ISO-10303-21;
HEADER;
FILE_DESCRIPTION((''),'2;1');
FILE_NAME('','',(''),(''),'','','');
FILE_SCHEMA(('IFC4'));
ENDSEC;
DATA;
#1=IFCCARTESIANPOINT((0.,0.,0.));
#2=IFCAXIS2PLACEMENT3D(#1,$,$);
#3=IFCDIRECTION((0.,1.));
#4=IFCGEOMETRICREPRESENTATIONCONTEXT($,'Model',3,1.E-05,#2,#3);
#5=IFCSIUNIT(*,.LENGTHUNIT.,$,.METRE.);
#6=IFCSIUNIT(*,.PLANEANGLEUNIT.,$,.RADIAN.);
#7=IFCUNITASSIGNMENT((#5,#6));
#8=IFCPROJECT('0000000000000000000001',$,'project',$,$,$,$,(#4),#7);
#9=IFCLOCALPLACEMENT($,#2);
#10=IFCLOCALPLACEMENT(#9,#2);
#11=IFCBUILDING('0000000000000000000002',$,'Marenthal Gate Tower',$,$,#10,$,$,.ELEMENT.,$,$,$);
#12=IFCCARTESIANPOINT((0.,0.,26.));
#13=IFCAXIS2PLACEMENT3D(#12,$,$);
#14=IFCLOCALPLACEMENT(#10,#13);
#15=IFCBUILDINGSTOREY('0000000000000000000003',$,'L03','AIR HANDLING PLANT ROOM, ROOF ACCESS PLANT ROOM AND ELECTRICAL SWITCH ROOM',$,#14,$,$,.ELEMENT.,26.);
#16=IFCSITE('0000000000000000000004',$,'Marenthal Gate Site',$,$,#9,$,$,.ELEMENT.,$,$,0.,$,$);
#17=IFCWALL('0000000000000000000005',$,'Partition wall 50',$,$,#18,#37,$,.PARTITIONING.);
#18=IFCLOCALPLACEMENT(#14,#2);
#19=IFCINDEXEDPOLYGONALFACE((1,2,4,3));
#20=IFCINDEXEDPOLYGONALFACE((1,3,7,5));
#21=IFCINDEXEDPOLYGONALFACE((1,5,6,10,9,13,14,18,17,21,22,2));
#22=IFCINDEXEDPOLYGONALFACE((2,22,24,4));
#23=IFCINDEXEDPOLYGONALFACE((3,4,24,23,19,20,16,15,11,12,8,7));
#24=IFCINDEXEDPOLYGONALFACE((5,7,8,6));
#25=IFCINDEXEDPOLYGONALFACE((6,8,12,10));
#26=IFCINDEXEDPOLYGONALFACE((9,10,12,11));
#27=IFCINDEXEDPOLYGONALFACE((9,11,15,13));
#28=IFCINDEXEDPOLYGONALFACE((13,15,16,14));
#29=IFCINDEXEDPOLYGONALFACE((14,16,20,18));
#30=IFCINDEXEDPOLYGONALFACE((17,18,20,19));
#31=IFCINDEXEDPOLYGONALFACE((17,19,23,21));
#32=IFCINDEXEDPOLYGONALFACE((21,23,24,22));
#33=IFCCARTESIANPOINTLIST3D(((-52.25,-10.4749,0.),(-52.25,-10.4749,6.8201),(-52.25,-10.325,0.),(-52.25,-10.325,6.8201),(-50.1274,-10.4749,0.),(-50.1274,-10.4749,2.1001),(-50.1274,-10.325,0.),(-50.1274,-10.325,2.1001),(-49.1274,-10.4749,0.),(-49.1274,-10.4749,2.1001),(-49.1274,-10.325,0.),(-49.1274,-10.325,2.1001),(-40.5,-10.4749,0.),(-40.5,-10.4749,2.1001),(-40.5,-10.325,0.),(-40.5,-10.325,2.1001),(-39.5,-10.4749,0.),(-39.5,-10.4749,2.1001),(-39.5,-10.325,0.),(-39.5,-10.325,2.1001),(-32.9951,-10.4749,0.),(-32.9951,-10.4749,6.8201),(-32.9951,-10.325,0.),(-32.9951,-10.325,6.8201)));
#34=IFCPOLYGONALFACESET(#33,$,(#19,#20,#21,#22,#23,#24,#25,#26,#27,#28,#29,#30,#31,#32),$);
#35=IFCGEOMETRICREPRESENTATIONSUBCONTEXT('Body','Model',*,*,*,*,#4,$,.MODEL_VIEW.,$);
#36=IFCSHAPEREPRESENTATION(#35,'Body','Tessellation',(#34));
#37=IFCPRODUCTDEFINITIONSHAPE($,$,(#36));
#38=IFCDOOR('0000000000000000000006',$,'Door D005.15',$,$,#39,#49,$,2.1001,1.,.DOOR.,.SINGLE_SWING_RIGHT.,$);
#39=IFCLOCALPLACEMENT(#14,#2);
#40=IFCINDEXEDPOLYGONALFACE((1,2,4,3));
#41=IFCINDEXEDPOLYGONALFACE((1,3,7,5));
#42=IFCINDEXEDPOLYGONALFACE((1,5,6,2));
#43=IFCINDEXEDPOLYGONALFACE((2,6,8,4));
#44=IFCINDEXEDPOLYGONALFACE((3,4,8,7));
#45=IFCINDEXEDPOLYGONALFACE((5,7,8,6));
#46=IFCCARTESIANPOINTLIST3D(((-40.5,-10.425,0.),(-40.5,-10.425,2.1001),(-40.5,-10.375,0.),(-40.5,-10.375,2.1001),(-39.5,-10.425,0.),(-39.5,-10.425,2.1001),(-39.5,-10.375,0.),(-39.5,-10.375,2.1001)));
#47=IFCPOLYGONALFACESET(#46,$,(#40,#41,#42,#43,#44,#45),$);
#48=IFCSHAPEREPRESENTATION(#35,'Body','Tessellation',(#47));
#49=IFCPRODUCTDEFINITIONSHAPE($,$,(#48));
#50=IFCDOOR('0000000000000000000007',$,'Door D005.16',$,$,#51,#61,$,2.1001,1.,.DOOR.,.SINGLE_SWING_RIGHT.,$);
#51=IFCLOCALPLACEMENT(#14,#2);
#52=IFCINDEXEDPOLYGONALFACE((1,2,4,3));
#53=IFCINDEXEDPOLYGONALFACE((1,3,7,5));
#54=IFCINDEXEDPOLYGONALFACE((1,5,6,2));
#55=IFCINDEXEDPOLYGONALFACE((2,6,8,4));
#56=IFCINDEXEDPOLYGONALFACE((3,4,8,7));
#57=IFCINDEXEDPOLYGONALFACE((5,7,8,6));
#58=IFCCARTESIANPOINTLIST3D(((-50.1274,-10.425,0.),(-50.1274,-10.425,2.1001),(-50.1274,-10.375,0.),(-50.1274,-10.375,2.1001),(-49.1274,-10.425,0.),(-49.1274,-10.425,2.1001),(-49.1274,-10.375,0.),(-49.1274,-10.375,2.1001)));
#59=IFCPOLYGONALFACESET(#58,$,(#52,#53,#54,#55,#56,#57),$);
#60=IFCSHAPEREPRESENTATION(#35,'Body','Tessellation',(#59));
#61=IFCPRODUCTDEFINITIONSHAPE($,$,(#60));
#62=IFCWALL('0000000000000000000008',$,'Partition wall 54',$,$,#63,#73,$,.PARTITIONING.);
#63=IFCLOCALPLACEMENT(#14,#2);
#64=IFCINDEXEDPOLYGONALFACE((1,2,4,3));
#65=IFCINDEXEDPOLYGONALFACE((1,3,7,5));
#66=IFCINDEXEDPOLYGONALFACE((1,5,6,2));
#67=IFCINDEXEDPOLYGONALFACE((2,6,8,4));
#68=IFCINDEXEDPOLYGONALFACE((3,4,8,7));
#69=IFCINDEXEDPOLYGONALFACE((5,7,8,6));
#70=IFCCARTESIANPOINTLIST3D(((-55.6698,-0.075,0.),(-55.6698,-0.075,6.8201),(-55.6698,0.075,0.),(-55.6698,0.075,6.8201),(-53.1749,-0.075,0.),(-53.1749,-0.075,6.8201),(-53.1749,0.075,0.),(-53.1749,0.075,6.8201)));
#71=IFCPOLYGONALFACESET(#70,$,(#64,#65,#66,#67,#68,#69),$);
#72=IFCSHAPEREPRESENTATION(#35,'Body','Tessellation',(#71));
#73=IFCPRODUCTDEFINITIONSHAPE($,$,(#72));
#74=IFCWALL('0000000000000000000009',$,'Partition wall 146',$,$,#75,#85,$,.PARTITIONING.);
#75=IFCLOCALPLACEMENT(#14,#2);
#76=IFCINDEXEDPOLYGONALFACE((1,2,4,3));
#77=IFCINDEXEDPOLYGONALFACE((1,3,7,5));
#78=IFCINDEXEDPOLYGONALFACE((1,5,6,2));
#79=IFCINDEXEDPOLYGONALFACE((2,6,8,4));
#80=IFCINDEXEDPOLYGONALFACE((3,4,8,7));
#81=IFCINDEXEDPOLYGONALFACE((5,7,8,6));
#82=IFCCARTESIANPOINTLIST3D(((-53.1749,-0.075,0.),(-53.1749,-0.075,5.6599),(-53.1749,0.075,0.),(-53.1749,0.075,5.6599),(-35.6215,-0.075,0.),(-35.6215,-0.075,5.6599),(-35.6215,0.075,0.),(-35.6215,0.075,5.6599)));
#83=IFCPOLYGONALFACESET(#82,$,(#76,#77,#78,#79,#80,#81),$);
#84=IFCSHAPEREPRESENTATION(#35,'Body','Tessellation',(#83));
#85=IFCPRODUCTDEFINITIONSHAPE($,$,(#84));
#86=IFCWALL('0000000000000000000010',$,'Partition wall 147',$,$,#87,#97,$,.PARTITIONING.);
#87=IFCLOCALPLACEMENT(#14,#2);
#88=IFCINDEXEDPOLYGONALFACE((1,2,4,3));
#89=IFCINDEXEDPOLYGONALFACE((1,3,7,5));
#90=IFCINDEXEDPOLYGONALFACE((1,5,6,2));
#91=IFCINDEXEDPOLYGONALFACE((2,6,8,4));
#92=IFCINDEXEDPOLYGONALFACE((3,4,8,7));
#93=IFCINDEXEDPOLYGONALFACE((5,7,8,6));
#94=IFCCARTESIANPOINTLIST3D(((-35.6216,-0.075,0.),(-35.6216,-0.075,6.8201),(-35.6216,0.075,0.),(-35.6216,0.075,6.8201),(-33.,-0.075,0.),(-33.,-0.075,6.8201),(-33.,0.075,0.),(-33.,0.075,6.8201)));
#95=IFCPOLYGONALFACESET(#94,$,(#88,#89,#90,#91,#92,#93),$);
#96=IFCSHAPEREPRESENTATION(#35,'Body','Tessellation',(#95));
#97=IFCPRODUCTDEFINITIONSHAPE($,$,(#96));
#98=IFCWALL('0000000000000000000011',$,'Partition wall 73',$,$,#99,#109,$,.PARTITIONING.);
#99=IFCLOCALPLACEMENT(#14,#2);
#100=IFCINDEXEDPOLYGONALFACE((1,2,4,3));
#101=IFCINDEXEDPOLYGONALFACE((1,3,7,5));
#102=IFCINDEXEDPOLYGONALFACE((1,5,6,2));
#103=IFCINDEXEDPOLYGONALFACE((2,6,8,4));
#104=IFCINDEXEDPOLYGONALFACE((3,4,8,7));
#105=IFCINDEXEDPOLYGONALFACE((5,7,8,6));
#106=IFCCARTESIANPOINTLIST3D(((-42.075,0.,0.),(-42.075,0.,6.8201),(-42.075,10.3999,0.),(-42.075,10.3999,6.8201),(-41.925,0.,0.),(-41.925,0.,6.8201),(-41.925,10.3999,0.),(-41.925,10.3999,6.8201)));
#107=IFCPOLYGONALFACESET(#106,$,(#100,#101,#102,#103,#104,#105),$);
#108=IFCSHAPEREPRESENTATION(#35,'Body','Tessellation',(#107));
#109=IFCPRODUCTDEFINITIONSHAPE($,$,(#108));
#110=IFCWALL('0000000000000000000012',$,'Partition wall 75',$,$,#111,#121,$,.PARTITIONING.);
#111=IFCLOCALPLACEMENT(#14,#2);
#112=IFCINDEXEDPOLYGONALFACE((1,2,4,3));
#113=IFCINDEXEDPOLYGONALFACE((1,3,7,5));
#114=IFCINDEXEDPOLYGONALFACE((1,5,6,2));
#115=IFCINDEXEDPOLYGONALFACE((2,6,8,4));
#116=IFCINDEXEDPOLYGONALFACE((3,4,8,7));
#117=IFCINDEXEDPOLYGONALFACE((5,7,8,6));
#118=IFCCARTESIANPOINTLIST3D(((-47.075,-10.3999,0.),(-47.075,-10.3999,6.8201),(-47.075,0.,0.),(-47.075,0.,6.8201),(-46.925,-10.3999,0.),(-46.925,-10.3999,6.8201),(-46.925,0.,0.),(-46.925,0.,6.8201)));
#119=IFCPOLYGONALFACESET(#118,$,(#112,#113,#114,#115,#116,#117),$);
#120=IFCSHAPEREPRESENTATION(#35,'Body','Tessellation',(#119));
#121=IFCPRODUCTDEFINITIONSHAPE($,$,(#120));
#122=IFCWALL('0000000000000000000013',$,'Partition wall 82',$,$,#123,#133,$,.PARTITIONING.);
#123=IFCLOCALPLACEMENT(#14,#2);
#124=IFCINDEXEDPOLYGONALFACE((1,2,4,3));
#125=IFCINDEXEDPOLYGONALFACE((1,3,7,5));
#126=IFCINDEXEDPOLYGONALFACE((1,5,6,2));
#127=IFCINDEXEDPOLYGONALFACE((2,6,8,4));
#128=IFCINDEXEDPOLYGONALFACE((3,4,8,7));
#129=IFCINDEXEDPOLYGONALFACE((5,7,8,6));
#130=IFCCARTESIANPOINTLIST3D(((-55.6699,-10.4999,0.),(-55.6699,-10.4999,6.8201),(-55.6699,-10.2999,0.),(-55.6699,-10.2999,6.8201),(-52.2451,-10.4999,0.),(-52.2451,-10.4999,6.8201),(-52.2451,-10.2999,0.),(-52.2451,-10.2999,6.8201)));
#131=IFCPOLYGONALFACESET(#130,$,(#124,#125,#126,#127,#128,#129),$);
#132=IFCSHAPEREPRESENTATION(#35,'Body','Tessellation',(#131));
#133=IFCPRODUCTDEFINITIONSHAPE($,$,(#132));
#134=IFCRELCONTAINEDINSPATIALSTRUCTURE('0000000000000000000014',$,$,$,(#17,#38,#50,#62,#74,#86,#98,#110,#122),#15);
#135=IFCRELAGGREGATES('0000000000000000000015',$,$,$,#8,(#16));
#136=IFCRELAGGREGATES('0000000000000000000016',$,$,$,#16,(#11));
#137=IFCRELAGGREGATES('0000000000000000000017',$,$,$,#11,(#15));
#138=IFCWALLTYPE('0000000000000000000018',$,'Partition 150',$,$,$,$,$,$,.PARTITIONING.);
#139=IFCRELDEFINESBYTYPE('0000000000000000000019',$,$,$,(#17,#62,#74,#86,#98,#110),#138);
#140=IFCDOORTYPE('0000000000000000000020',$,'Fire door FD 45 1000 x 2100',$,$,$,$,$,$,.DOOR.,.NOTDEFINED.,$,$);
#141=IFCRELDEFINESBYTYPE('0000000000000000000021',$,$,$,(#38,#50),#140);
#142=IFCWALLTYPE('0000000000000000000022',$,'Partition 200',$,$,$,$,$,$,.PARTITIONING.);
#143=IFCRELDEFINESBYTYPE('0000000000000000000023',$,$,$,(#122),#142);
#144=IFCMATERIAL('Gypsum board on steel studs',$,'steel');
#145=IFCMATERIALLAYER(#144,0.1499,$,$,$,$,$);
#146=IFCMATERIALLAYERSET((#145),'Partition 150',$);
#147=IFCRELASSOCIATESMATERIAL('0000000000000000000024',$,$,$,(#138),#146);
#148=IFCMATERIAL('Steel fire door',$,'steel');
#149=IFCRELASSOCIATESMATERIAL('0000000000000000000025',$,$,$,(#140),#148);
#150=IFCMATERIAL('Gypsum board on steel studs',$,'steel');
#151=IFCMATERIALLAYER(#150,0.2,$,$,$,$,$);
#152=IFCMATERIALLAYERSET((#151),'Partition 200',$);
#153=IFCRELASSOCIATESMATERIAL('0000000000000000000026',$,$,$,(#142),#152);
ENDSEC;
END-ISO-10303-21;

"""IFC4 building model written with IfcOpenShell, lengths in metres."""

from ifc_helpers import new_model, si_unit, direction, frame, frame_2d, origin, place, context, subcontext, project, spatial, rectangle, extrude, material, layer, layer_set, type_object, element, fill, save


model = new_model("IFC4")

# Units and contexts
model_context = context("Model", 3, precision=1e-05, world=origin(), true_north=direction((0.0, 1.0)))
body_context = subcontext(model_context, "Body", "Model", "MODEL_VIEW")
ifc_project = project(units=[si_unit("LENGTHUNIT", "METRE"), si_unit("PLANEANGLEUNIT", "RADIAN")], contexts=[model_context])

# Site, building, storey
site_placement = place(None, origin())
site = spatial("IfcSite", under=ifc_project, at=site_placement, Name="Marenthal Gate Site", CompositionType="ELEMENT", RefElevation=0.0)
building_placement = place(site_placement, origin())
building = spatial("IfcBuilding", under=site, at=building_placement, Name="Marenthal Gate Tower", CompositionType="ELEMENT")
storey_placement = place(building_placement, frame((0.0, 0.0, 26.0)))
storey = spatial("IfcBuildingStorey", under=building, at=storey_placement, Name="L03", Description="AIR HANDLING PLANT ROOM, ROOF ACCESS PLANT ROOM AND ELECTRICAL SWITCH ROOM", CompositionType="ELEMENT", Elevation=26.0)

# Wall, openings, doors
ifc_material_1 = material(Name="Gypsum board on steel studs", Category="steel")
ifc_layer_1 = layer(ifc_material_1, 0.1499)
ifc_layer_set_1 = layer_set([ifc_layer_1], Name="Partition 150")
wall_type_1 = type_object("IfcWallType", Name="Partition 150", PredefinedType="PARTITIONING", material=ifc_layer_set_1)
wall_1_placement = place(storey_placement, frame((-52.25, -10.3999, 0.0), z_axis=(0.0, 0.0, 1.0), x_axis=(1.0, 0.0, 0.0)))
wall_1 = element("IfcWall", 1, at=wall_1_placement, inside=storey, type_object=wall_type_1, Name="Partition wall 50", PredefinedType="PARTITIONING", context=body_context, shape_type="SweptSolid", body=[
    extrude(rectangle(XDim=19.2549, YDim=0.1499, at=frame_2d((9.6274, 0.0))), origin(), (0.0, 0.0, 1.0), 6.8201),
])
opening_1_placement = place(wall_1_placement, frame((11.75, 0.0, 0.0)))
opening_1 = element("IfcOpeningElement", 2, at=opening_1_placement, cuts=wall_1, PredefinedType="OPENING", context=body_context, shape_type="SweptSolid", body=[
    extrude(rectangle(XDim=1.0, YDim=2.1001, at=frame_2d((0.5, 1.05))), frame((0.0, 0.085, 0.0), z_axis=(0.0, -1.0, 0.0), x_axis=(1.0, 0.0, 0.0)), (0.0, 0.0, 1.0), 0.1699),
])
opening_2_placement = place(wall_1_placement, frame((2.1226, 0.0, 0.0)))
opening_2 = element("IfcOpeningElement", 3, at=opening_2_placement, cuts=wall_1, PredefinedType="OPENING", context=body_context, shape_type="SweptSolid", body=[
    extrude(rectangle(XDim=1.0, YDim=2.1001, at=frame_2d((0.5, 1.05))), frame((0.0, 0.085, 0.0), z_axis=(0.0, -1.0, 0.0), x_axis=(1.0, 0.0, 0.0)), (0.0, 0.0, 1.0), 0.1699),
])
ifc_material_2 = material(Name="Steel fire door", Category="steel")
door_type = type_object("IfcDoorType", Name="Fire door FD 45 1000 x 2100", OperationType="NOTDEFINED", PredefinedType="DOOR", material=ifc_material_2)
door_1_placement = place(opening_1_placement, origin())
door_1 = element("IfcDoor", 4, at=door_1_placement, inside=storey, type_object=door_type, Name="Door D005.15", OperationType="SINGLE_SWING_RIGHT", OverallHeight=2.1001, OverallWidth=1.0, PredefinedType="DOOR", context=body_context, shape_type="SweptSolid", body=[
    extrude(rectangle(XDim=1.0, YDim=2.1001, at=frame_2d((0.5, 1.05))), frame((0.0, 0.0249, 0.0), z_axis=(0.0, -1.0, 0.0), x_axis=(1.0, 0.0, 0.0)), (0.0, 0.0, 1.0), 0.05),
])
fill(opening_1, door_1)
door_2_placement = place(opening_2_placement, origin())
door_2 = element("IfcDoor", 5, at=door_2_placement, inside=storey, type_object=door_type, Name="Door D005.16", OperationType="SINGLE_SWING_RIGHT", OverallHeight=2.1001, OverallWidth=1.0, PredefinedType="DOOR", context=body_context, shape_type="SweptSolid", body=[
    extrude(rectangle(XDim=1.0, YDim=2.1001, at=frame_2d((0.5, 1.05))), frame((0.0, 0.0249, 0.0), z_axis=(0.0, -1.0, 0.0), x_axis=(1.0, 0.0, 0.0)), (0.0, 0.0, 1.0), 0.05),
])
fill(opening_2, door_2)

# Walls
wall_2_placement = place(storey_placement, frame((-55.6699, 0.0, 0.0), z_axis=(0.0, 0.0, 1.0), x_axis=(1.0, 0.0, 0.0)))
element("IfcWall", 6, at=wall_2_placement, inside=storey, type_object=wall_type_1, Name="Partition wall 54", PredefinedType="PARTITIONING", context=body_context, shape_type="SweptSolid", body=[
    extrude(rectangle(XDim=2.4949, YDim=0.1499, at=frame_2d((1.2476, 0.0))), origin(), (0.0, 0.0, 1.0), 6.8201),
])
wall_3_placement = place(storey_placement, frame((-53.175, 0.0, 0.0), z_axis=(0.0, 0.0, 1.0), x_axis=(1.0, 0.0, 0.0)))
element("IfcWall", 7, at=wall_3_placement, inside=storey, type_object=wall_type_1, Name="Partition wall 146", PredefinedType="PARTITIONING", context=body_context, shape_type="SweptSolid", body=[
    extrude(rectangle(XDim=17.5535, YDim=0.1499, at=frame_2d((8.7769, 0.0))), origin(), (0.0, 0.0, 1.0), 5.6599),
])
wall_4_placement = place(storey_placement, frame((-35.6216, 0.0, 0.0), z_axis=(0.0, 0.0, 1.0), x_axis=(1.0, 0.0, 0.0)))
element("IfcWall", 8, at=wall_4_placement, inside=storey, type_object=wall_type_1, Name="Partition wall 147", PredefinedType="PARTITIONING", context=body_context, shape_type="SweptSolid", body=[
    extrude(rectangle(XDim=2.6216, YDim=0.1499, at=frame_2d((1.3108, 0.0))), origin(), (0.0, 0.0, 1.0), 6.8201),
])
for number, where, z_axis, x_axis, name in (
    (9, (-42.0, 0.0, 0.0), (0.0, 0.0, 1.0), (0.0, 1.0, 0.0), "Partition wall 73"),
    (10, (-47.0, -10.3999, 0.0), (0.0, 0.0, 1.0), (0.0, 1.0, 0.0), "Partition wall 75"),
):
    element("IfcWall", number, at=place(storey_placement, frame(where, z_axis=z_axis, x_axis=x_axis)), inside=storey, type_object=wall_type_1, Name=name, PredefinedType="PARTITIONING", context=body_context, shape_type="SweptSolid", body=[
        extrude(rectangle(XDim=10.3999, YDim=0.1499, at=frame_2d((5.2, 0.0))), origin(), (0.0, 0.0, 1.0), 6.8201),
    ])
ifc_material_3 = material(Name="Gypsum board on steel studs", Category="steel")
ifc_layer_2 = layer(ifc_material_3, 0.2)
ifc_layer_set_2 = layer_set([ifc_layer_2], Name="Partition 200")
wall_type_2 = type_object("IfcWallType", Name="Partition 200", PredefinedType="PARTITIONING", material=ifc_layer_set_2)
wall_5_placement = place(storey_placement, frame((-55.6699, -10.3999, 0.0), z_axis=(0.0, 0.0, 1.0), x_axis=(1.0, 0.0, 0.0)))
element("IfcWall", 11, at=wall_5_placement, inside=storey, type_object=wall_type_2, Name="Partition wall 82", PredefinedType="PARTITIONING", context=body_context, shape_type="SweptSolid", body=[
    extrude(rectangle(XDim=3.4248, YDim=0.2, at=frame_2d((1.7124, 0.0))), origin(), (0.0, 0.0, 1.0), 6.8201),
])

save(model, "model.ifc")
